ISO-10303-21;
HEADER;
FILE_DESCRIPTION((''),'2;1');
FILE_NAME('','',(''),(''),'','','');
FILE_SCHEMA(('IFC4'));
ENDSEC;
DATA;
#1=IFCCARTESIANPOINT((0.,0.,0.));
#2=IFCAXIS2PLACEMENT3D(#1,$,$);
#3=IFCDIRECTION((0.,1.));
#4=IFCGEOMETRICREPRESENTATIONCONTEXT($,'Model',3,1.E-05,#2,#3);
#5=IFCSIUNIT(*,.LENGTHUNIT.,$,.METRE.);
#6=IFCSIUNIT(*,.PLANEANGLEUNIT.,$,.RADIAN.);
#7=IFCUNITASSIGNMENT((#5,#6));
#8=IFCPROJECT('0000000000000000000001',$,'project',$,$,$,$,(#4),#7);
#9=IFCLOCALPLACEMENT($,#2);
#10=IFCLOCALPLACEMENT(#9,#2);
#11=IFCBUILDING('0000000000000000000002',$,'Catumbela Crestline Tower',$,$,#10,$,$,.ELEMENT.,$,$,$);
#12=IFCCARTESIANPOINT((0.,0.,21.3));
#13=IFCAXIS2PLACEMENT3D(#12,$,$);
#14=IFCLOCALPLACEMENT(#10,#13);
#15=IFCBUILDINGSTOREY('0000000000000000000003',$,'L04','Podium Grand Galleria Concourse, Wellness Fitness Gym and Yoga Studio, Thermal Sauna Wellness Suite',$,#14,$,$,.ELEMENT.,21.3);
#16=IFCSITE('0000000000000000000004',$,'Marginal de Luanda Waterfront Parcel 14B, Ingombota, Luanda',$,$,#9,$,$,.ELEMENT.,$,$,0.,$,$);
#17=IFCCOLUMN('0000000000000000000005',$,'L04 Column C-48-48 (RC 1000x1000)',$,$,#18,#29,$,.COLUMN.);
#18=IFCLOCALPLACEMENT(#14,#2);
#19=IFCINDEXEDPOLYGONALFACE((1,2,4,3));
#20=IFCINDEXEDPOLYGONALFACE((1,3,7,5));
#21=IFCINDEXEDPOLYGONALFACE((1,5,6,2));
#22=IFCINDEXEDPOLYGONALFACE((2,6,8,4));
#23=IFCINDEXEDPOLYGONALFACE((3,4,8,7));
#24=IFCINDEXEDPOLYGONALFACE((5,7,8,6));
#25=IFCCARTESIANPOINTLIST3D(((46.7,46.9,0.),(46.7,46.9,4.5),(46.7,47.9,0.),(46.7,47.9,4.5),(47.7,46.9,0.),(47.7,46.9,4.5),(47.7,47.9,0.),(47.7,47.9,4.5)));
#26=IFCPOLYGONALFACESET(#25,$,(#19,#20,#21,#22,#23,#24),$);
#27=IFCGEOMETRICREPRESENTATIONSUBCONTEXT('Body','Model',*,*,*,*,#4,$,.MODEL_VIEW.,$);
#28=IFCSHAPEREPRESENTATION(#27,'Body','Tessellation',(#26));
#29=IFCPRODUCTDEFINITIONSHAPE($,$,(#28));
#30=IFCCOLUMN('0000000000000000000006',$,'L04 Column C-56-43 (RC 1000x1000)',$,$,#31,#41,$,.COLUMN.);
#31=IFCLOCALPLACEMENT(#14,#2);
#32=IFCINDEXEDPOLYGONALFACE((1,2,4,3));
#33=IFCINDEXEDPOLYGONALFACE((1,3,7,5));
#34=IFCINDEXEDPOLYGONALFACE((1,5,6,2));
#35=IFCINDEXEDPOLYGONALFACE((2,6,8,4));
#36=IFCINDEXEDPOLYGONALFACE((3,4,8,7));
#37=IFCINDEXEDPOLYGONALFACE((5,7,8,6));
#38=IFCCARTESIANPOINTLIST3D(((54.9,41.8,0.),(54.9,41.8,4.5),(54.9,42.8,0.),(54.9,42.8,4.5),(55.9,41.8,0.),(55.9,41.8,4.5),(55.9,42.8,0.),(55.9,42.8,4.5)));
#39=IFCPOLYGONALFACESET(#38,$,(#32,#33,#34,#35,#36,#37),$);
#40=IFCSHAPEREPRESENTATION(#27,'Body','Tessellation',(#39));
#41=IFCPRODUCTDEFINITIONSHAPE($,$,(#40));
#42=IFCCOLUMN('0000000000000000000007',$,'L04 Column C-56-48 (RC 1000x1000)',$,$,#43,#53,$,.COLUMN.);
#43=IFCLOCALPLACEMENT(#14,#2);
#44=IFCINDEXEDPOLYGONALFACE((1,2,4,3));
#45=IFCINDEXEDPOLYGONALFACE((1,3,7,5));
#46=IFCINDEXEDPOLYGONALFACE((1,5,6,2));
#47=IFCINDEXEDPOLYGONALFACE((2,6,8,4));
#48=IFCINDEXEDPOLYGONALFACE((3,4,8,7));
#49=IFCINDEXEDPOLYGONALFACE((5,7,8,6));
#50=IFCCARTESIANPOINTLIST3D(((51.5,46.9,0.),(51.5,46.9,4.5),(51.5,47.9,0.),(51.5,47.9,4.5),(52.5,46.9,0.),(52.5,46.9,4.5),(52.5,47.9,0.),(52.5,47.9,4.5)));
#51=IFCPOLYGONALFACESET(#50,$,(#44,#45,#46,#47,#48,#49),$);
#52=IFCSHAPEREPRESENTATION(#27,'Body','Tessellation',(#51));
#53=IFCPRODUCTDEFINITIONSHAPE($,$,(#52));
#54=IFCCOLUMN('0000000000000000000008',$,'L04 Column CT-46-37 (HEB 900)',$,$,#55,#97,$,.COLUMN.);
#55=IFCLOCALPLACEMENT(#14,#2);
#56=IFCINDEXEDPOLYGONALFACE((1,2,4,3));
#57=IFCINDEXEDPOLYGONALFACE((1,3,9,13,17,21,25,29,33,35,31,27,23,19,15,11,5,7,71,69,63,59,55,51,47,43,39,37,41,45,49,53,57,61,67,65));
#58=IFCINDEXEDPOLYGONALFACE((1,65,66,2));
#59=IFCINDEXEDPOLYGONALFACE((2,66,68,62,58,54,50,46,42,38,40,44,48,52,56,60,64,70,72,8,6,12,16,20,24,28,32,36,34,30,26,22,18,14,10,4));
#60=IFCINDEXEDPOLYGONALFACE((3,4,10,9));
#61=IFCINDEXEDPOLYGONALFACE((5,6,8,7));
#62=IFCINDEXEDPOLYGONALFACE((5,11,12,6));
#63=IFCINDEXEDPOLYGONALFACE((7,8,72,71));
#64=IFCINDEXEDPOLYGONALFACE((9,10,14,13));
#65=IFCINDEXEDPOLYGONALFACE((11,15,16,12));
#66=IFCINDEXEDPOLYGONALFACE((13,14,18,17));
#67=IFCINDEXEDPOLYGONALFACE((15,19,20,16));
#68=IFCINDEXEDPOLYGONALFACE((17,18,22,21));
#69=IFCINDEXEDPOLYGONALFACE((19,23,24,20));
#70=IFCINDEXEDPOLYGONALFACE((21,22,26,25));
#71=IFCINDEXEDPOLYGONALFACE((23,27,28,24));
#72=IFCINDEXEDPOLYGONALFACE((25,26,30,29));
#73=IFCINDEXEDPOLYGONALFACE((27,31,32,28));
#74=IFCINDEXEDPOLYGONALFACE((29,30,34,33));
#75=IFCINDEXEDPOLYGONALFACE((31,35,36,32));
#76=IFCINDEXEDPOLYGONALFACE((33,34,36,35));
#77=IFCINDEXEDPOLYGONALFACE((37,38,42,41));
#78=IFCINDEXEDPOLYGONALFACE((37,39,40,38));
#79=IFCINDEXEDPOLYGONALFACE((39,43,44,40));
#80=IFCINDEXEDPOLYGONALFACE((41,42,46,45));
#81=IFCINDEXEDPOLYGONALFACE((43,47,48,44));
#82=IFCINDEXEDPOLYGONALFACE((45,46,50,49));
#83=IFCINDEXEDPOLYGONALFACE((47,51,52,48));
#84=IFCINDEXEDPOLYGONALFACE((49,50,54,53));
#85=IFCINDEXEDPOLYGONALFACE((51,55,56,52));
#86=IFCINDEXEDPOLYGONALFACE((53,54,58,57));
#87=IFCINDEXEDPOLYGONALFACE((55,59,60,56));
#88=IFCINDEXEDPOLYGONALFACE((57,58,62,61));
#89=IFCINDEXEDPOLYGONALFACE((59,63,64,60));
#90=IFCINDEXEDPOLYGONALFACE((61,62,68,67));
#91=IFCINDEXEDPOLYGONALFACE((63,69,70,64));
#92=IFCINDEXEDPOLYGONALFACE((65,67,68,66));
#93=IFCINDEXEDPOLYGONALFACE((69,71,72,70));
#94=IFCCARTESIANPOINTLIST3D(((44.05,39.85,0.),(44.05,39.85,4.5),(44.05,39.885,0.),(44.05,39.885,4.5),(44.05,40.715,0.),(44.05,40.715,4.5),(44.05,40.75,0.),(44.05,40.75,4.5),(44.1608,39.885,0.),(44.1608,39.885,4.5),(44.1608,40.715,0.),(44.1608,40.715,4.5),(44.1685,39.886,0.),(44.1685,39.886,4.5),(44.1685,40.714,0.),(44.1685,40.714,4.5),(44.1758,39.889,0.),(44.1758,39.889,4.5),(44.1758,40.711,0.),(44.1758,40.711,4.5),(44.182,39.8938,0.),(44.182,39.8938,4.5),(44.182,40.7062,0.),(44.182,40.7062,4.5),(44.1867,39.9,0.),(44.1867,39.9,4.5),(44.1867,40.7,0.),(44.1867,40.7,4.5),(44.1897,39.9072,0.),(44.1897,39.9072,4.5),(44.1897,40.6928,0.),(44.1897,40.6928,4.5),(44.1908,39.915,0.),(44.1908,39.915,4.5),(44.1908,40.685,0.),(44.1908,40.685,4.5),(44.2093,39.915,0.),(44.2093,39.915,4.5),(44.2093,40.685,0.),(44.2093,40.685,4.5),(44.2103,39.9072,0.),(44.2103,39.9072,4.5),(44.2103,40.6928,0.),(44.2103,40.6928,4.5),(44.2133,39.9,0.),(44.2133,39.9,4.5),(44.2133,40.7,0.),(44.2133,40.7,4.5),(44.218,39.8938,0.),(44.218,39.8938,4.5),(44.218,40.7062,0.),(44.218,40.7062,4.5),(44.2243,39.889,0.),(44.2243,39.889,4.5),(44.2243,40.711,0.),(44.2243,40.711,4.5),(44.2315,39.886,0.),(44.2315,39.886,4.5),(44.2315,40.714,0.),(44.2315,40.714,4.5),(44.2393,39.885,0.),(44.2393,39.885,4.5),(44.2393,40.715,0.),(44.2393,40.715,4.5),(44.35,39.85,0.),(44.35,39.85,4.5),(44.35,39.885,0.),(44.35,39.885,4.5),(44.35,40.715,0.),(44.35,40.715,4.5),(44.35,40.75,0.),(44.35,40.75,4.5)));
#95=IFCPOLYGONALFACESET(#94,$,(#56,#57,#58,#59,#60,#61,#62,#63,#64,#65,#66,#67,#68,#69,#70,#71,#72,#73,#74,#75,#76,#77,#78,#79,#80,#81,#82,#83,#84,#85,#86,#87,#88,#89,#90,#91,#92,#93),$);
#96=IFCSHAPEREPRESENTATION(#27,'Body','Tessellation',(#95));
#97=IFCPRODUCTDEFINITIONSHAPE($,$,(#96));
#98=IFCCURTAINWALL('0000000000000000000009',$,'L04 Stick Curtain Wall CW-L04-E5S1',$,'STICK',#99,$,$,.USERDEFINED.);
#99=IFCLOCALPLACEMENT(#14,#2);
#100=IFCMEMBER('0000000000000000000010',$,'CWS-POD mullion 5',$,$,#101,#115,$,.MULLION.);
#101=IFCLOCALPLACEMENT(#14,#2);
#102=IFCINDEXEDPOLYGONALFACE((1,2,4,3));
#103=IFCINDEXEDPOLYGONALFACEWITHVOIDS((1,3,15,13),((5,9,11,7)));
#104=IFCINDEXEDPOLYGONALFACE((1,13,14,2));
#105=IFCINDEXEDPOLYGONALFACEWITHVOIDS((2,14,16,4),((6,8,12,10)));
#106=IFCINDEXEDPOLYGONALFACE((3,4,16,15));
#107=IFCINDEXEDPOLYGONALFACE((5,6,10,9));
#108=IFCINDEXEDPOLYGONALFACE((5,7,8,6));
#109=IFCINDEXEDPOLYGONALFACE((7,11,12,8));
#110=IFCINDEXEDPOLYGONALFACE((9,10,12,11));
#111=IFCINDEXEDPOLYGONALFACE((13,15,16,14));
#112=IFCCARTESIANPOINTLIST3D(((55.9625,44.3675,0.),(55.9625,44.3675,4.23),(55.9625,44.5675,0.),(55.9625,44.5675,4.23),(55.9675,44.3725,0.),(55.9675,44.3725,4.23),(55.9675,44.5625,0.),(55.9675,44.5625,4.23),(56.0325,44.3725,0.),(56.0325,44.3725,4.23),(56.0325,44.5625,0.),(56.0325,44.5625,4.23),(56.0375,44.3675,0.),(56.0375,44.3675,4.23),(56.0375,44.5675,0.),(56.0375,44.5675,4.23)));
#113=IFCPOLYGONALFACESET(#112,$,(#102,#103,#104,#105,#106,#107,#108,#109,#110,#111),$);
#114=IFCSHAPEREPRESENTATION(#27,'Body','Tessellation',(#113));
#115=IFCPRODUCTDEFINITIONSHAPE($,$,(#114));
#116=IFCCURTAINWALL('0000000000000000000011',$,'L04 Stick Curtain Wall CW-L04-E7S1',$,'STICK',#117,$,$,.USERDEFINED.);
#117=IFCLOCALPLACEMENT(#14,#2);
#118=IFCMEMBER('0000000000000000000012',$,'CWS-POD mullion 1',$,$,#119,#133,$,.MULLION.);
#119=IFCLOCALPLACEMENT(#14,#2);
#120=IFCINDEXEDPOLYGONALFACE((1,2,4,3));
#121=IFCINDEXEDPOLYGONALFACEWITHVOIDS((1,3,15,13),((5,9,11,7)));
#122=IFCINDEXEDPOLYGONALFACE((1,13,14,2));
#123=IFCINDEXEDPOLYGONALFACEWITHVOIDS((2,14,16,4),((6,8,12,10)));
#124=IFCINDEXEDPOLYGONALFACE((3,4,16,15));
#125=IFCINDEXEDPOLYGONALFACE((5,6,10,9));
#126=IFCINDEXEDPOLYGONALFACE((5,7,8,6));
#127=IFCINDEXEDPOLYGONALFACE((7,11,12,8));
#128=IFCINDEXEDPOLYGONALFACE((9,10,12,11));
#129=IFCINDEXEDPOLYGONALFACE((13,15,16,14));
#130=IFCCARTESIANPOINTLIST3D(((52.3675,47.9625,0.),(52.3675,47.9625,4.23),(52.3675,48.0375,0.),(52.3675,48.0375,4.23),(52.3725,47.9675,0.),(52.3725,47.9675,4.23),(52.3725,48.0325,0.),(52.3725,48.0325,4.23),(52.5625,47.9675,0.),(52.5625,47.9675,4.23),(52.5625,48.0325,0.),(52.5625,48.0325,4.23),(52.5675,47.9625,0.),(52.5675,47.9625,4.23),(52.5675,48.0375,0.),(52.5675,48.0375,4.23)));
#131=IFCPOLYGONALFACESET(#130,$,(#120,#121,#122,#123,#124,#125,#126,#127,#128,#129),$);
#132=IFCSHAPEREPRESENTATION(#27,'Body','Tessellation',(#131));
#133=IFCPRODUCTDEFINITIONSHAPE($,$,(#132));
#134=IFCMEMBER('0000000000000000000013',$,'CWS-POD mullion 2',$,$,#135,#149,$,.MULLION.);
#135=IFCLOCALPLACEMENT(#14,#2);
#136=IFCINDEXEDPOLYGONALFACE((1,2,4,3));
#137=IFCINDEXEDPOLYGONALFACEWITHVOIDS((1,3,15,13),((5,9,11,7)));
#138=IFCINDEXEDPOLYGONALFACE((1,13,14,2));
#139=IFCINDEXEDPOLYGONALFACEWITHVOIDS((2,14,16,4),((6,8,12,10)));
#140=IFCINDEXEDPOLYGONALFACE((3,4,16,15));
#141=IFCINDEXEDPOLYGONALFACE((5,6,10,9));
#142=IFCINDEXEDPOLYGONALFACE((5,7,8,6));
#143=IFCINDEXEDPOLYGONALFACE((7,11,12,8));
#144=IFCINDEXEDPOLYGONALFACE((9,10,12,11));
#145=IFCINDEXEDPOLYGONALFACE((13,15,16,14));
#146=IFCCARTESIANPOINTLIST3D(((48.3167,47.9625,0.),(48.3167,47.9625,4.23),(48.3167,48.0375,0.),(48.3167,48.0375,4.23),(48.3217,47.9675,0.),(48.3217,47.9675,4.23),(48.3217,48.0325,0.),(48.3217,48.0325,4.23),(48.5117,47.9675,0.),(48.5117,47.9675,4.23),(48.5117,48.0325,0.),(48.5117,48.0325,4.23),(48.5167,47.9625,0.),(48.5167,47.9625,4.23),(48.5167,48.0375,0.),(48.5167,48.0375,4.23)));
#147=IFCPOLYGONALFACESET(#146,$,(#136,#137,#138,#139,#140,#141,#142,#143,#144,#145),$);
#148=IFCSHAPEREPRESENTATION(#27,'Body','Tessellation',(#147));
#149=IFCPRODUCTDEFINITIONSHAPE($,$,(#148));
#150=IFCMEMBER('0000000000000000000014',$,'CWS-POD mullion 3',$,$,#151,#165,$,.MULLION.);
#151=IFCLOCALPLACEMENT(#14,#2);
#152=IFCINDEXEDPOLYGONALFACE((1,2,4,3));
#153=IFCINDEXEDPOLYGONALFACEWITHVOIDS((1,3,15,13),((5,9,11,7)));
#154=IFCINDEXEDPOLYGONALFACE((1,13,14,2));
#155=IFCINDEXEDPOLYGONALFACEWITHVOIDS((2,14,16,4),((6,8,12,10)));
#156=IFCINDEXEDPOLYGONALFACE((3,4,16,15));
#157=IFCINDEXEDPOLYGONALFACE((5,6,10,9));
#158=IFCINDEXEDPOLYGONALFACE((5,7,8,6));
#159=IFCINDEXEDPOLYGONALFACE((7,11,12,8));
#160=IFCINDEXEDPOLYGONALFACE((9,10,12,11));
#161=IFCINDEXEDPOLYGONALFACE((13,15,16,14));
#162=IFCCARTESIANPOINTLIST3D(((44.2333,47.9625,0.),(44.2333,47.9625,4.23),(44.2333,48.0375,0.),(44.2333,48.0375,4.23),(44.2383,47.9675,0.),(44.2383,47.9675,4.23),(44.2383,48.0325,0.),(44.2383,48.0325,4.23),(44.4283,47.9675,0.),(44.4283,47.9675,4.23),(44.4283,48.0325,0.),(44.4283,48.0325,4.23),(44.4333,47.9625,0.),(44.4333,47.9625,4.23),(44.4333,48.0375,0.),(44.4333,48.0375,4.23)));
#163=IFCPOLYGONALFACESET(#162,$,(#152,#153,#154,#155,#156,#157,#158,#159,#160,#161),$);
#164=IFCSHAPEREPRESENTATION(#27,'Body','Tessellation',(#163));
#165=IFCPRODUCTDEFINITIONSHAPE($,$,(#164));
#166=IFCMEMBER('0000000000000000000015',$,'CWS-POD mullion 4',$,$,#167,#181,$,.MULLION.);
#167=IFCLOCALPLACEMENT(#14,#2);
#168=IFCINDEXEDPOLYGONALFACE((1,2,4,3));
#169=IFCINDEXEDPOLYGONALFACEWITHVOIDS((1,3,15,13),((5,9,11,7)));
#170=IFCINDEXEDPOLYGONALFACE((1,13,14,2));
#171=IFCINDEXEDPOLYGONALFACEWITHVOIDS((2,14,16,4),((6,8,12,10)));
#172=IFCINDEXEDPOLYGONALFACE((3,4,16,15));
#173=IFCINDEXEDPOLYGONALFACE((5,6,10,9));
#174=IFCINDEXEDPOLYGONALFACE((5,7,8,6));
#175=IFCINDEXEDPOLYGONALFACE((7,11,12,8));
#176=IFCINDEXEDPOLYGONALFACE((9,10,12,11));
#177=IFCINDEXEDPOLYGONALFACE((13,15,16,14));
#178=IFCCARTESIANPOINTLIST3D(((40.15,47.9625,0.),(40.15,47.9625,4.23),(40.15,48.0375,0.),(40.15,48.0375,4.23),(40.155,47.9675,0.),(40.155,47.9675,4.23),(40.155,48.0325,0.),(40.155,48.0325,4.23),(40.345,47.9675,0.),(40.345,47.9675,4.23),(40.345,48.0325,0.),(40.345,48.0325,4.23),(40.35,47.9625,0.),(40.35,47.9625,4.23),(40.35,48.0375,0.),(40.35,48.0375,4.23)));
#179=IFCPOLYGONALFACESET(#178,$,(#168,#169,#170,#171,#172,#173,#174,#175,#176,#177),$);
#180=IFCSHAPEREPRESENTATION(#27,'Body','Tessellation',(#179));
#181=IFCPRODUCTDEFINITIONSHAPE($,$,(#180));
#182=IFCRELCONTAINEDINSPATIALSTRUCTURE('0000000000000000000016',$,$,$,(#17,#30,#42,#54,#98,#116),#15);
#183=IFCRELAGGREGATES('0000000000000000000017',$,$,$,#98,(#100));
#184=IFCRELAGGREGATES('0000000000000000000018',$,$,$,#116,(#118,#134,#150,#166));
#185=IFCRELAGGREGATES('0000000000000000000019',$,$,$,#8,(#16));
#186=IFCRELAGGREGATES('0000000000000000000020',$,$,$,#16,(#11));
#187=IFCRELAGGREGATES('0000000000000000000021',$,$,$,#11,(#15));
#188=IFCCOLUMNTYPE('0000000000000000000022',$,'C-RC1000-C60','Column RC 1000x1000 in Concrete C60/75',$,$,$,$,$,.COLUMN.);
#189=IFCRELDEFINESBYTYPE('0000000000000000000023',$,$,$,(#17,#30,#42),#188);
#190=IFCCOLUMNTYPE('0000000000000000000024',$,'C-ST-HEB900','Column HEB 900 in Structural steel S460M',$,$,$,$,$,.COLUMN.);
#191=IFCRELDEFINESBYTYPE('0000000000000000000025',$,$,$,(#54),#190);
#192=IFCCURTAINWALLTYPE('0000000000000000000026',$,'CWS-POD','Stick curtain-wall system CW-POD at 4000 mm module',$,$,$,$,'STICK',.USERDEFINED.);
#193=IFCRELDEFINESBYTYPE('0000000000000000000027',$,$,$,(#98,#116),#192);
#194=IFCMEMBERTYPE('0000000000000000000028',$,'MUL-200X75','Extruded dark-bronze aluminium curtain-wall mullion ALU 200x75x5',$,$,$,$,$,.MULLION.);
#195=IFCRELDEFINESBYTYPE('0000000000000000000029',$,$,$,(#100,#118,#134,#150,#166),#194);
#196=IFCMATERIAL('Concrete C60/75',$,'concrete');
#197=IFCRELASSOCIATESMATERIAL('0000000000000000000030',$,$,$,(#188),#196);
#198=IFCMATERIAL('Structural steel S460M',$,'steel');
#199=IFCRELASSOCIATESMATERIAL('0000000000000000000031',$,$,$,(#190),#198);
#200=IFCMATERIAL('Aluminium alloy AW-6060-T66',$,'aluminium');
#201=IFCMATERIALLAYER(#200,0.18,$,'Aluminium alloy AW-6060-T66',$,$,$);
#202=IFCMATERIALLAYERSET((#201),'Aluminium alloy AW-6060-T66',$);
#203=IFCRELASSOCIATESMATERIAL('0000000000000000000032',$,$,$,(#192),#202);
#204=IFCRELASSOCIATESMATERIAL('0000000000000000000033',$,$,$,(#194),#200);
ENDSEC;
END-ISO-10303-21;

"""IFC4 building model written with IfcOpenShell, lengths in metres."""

from ifc_helpers import new_model, si_unit, direction, frame, origin, origin_2d, place, context, subcontext, project, spatial, rectangle, hollow_rectangle, i_section, extrude, material, layer, layer_set, material_profile, profile_set, type_object, element, aggregate, save


model = new_model("IFC4")

# Units and contexts
model_context = context("Model", 3, precision=1e-05, world=origin(), true_north=direction((0.0, 1.0)))
body_context = subcontext(model_context, "Body", "Model", "MODEL_VIEW")
ifc_project = project(units=[si_unit("LENGTHUNIT", "METRE"), si_unit("PLANEANGLEUNIT", "RADIAN")], contexts=[model_context])

# Site, building, storey
site_placement = place(None, origin())
site = spatial("IfcSite", under=ifc_project, at=site_placement, Name="Marginal de Luanda Waterfront Parcel 14B, Ingombota, Luanda", CompositionType="ELEMENT", RefElevation=0.0)
building_placement = place(site_placement, origin())
building = spatial("IfcBuilding", under=site, at=building_placement, Name="Catumbela Crestline Tower", CompositionType="ELEMENT")
storey_placement = place(building_placement, frame((0.0, 0.0, 21.3)))
storey = spatial("IfcBuildingStorey", under=building, at=storey_placement, Name="L04", Description="Podium Grand Galleria Concourse, Wellness Fitness Gym and Yoga Studio, Thermal Sauna Wellness Suite", CompositionType="ELEMENT", Elevation=21.3)

# Columns
ifc_material_1 = material(Name="Concrete C60/75", Category="concrete")
ifc_material_profile_1 = material_profile(ifc_material_1, rectangle(XDim=1.0, YDim=1.0, at=origin_2d()), Name="RC 1000x1000")
ifc_profile_set_1 = profile_set([ifc_material_profile_1], Name="Concrete C60/75")
column_type_1 = type_object("IfcColumnType", Name="C-RC1000-C60", Description="Column RC 1000x1000 in Concrete C60/75", PredefinedType="COLUMN", material=ifc_profile_set_1)
for number, where, z_axis, x_axis, name in (
    (1, (47.2, 47.4, 0.0), (0.0, 0.0, 1.0), (1.0, 0.0, 0.0), "L04 Column C-48-48 (RC 1000x1000)"),
    (2, (55.4, 42.3, 0.0), (0.0, 0.0, 1.0), (1.0, 0.0, 0.0), "L04 Column C-56-43 (RC 1000x1000)"),
    (3, (52.0, 47.4, 0.0), (0.0, 0.0, 1.0), (1.0, 0.0, 0.0), "L04 Column C-56-48 (RC 1000x1000)"),
):
    element("IfcColumn", number, at=place(storey_placement, frame(where, z_axis=z_axis, x_axis=x_axis)), inside=storey, type_object=column_type_1, Name=name, PredefinedType="COLUMN", context=body_context, shape_type="SweptSolid", body=[
        extrude(rectangle(XDim=1.0, YDim=1.0, at=origin_2d()), origin(), (0.0, 0.0, 1.0), 4.5),
    ])
ifc_material_2 = material(Name="Structural steel S460M", Category="steel")
ifc_material_profile_2 = material_profile(ifc_material_2, i_section(OverallWidth=0.3, OverallDepth=0.9, WebThickness=0.0185, FlangeThickness=0.035, FilletRadius=0.03, at=origin_2d()), Name="HEB 900")
ifc_profile_set_2 = profile_set([ifc_material_profile_2], Name="Structural steel S460M")
column_type_2 = type_object("IfcColumnType", Name="C-ST-HEB900", Description="Column HEB 900 in Structural steel S460M", PredefinedType="COLUMN", material=ifc_profile_set_2)
column_placement = place(storey_placement, frame((44.2, 40.3, 0.0), z_axis=(0.0, 0.0, 1.0), x_axis=(1.0, 0.0, 0.0)))
element("IfcColumn", 4, at=column_placement, inside=storey, type_object=column_type_2, Name="L04 Column CT-46-37 (HEB 900)", PredefinedType="COLUMN", context=body_context, shape_type="SweptSolid", body=[
    extrude(i_section(OverallWidth=0.3, OverallDepth=0.9, WebThickness=0.0185, FlangeThickness=0.035, FilletRadius=0.03, at=origin_2d()), origin(), (0.0, 0.0, 1.0), 4.5),
])

# Curtain wall, member
ifc_material_3 = material(Name="Aluminium alloy AW-6060-T66", Category="aluminium")
ifc_layer_1 = layer(ifc_material_3, 0.18, Name="Aluminium alloy AW-6060-T66")
ifc_layer_set_1 = layer_set([ifc_layer_1], Name="Aluminium alloy AW-6060-T66")
curtain_wall_type = type_object("IfcCurtainWallType", Name="CWS-POD", Description="Stick curtain-wall system CW-POD at 4000 mm module", ElementType="STICK", PredefinedType="USERDEFINED", material=ifc_layer_set_1)
curtain_wall_1_placement = place(storey_placement, origin())
curtain_wall_1 = element("IfcCurtainWall", 5, at=curtain_wall_1_placement, inside=storey, type_object=curtain_wall_type, Name="L04 Stick Curtain Wall CW-L04-E5S1", ObjectType="STICK", PredefinedType="USERDEFINED")
ifc_material_profile_3 = material_profile(ifc_material_3, hollow_rectangle(XDim=0.075, YDim=0.2, WallThickness=0.005, at=origin_2d()), Name="ALU 200x75x5")
ifc_profile_set_3 = profile_set([ifc_material_profile_3], Name="Aluminium alloy AW-6060-T66")
member_type_1 = type_object("IfcMemberType", Name="MUL-200X75", Description="Extruded dark-bronze aluminium curtain-wall mullion ALU 200x75x5", PredefinedType="MULLION", material=ifc_profile_set_3)
member_1_placement = place(storey_placement, frame((56.0, 44.4675, 0.0), z_axis=(0.0, 0.0, 1.0), x_axis=(-1.0, 0.0, 0.0)))
member_1 = element("IfcMember", 6, at=member_1_placement, type_object=member_type_1, Name="CWS-POD mullion 5", PredefinedType="MULLION", context=body_context, shape_type="SweptSolid", body=[
    extrude(hollow_rectangle(XDim=0.075, YDim=0.2, WallThickness=0.005, at=origin_2d()), origin(), (0.0, 0.0, 1.0), 4.23),
])

# Curtain wall, members
curtain_wall_2_placement = place(storey_placement, origin())
curtain_wall_2 = element("IfcCurtainWall", 7, at=curtain_wall_2_placement, inside=storey, type_object=curtain_wall_type, Name="L04 Stick Curtain Wall CW-L04-E7S1", ObjectType="STICK", PredefinedType="USERDEFINED")
member_2_placement = place(storey_placement, frame((52.4675, 48.0, 0.0), z_axis=(0.0, 0.0, 1.0), x_axis=(0.0, -1.0, 0.0)))
member_2 = element("IfcMember", 8, at=member_2_placement, type_object=member_type_1, Name="CWS-POD mullion 1", PredefinedType="MULLION", context=body_context, shape_type="SweptSolid", body=[
    extrude(hollow_rectangle(XDim=0.075, YDim=0.2, WallThickness=0.005, at=origin_2d()), origin(), (0.0, 0.0, 1.0), 4.23),
])
member_3_placement = place(storey_placement, frame((48.4167, 48.0, 0.0), z_axis=(0.0, 0.0, 1.0), x_axis=(0.0, -1.0, 0.0)))
member_3 = element("IfcMember", 9, at=member_3_placement, type_object=member_type_1, Name="CWS-POD mullion 2", PredefinedType="MULLION", context=body_context, shape_type="SweptSolid", body=[
    extrude(hollow_rectangle(XDim=0.075, YDim=0.2, WallThickness=0.005, at=origin_2d()), origin(), (0.0, 0.0, 1.0), 4.23),
])
member_4_placement = place(storey_placement, frame((44.3333, 48.0, 0.0), z_axis=(0.0, 0.0, 1.0), x_axis=(0.0, -1.0, 0.0)))
member_4 = element("IfcMember", 10, at=member_4_placement, type_object=member_type_1, Name="CWS-POD mullion 3", PredefinedType="MULLION", context=body_context, shape_type="SweptSolid", body=[
    extrude(hollow_rectangle(XDim=0.075, YDim=0.2, WallThickness=0.005, at=origin_2d()), origin(), (0.0, 0.0, 1.0), 4.23),
])
member_5_placement = place(storey_placement, frame((40.25, 48.0, 0.0), z_axis=(0.0, 0.0, 1.0), x_axis=(0.0, -1.0, 0.0)))
member_5 = element("IfcMember", 11, at=member_5_placement, type_object=member_type_1, Name="CWS-POD mullion 4", PredefinedType="MULLION", context=body_context, shape_type="SweptSolid", body=[
    extrude(hollow_rectangle(XDim=0.075, YDim=0.2, WallThickness=0.005, at=origin_2d()), origin(), (0.0, 0.0, 1.0), 4.23),
])

aggregate(curtain_wall_1, [member_1])
aggregate(curtain_wall_2, [member_2, member_3, member_4, member_5])

save(model, "model.ifc")
